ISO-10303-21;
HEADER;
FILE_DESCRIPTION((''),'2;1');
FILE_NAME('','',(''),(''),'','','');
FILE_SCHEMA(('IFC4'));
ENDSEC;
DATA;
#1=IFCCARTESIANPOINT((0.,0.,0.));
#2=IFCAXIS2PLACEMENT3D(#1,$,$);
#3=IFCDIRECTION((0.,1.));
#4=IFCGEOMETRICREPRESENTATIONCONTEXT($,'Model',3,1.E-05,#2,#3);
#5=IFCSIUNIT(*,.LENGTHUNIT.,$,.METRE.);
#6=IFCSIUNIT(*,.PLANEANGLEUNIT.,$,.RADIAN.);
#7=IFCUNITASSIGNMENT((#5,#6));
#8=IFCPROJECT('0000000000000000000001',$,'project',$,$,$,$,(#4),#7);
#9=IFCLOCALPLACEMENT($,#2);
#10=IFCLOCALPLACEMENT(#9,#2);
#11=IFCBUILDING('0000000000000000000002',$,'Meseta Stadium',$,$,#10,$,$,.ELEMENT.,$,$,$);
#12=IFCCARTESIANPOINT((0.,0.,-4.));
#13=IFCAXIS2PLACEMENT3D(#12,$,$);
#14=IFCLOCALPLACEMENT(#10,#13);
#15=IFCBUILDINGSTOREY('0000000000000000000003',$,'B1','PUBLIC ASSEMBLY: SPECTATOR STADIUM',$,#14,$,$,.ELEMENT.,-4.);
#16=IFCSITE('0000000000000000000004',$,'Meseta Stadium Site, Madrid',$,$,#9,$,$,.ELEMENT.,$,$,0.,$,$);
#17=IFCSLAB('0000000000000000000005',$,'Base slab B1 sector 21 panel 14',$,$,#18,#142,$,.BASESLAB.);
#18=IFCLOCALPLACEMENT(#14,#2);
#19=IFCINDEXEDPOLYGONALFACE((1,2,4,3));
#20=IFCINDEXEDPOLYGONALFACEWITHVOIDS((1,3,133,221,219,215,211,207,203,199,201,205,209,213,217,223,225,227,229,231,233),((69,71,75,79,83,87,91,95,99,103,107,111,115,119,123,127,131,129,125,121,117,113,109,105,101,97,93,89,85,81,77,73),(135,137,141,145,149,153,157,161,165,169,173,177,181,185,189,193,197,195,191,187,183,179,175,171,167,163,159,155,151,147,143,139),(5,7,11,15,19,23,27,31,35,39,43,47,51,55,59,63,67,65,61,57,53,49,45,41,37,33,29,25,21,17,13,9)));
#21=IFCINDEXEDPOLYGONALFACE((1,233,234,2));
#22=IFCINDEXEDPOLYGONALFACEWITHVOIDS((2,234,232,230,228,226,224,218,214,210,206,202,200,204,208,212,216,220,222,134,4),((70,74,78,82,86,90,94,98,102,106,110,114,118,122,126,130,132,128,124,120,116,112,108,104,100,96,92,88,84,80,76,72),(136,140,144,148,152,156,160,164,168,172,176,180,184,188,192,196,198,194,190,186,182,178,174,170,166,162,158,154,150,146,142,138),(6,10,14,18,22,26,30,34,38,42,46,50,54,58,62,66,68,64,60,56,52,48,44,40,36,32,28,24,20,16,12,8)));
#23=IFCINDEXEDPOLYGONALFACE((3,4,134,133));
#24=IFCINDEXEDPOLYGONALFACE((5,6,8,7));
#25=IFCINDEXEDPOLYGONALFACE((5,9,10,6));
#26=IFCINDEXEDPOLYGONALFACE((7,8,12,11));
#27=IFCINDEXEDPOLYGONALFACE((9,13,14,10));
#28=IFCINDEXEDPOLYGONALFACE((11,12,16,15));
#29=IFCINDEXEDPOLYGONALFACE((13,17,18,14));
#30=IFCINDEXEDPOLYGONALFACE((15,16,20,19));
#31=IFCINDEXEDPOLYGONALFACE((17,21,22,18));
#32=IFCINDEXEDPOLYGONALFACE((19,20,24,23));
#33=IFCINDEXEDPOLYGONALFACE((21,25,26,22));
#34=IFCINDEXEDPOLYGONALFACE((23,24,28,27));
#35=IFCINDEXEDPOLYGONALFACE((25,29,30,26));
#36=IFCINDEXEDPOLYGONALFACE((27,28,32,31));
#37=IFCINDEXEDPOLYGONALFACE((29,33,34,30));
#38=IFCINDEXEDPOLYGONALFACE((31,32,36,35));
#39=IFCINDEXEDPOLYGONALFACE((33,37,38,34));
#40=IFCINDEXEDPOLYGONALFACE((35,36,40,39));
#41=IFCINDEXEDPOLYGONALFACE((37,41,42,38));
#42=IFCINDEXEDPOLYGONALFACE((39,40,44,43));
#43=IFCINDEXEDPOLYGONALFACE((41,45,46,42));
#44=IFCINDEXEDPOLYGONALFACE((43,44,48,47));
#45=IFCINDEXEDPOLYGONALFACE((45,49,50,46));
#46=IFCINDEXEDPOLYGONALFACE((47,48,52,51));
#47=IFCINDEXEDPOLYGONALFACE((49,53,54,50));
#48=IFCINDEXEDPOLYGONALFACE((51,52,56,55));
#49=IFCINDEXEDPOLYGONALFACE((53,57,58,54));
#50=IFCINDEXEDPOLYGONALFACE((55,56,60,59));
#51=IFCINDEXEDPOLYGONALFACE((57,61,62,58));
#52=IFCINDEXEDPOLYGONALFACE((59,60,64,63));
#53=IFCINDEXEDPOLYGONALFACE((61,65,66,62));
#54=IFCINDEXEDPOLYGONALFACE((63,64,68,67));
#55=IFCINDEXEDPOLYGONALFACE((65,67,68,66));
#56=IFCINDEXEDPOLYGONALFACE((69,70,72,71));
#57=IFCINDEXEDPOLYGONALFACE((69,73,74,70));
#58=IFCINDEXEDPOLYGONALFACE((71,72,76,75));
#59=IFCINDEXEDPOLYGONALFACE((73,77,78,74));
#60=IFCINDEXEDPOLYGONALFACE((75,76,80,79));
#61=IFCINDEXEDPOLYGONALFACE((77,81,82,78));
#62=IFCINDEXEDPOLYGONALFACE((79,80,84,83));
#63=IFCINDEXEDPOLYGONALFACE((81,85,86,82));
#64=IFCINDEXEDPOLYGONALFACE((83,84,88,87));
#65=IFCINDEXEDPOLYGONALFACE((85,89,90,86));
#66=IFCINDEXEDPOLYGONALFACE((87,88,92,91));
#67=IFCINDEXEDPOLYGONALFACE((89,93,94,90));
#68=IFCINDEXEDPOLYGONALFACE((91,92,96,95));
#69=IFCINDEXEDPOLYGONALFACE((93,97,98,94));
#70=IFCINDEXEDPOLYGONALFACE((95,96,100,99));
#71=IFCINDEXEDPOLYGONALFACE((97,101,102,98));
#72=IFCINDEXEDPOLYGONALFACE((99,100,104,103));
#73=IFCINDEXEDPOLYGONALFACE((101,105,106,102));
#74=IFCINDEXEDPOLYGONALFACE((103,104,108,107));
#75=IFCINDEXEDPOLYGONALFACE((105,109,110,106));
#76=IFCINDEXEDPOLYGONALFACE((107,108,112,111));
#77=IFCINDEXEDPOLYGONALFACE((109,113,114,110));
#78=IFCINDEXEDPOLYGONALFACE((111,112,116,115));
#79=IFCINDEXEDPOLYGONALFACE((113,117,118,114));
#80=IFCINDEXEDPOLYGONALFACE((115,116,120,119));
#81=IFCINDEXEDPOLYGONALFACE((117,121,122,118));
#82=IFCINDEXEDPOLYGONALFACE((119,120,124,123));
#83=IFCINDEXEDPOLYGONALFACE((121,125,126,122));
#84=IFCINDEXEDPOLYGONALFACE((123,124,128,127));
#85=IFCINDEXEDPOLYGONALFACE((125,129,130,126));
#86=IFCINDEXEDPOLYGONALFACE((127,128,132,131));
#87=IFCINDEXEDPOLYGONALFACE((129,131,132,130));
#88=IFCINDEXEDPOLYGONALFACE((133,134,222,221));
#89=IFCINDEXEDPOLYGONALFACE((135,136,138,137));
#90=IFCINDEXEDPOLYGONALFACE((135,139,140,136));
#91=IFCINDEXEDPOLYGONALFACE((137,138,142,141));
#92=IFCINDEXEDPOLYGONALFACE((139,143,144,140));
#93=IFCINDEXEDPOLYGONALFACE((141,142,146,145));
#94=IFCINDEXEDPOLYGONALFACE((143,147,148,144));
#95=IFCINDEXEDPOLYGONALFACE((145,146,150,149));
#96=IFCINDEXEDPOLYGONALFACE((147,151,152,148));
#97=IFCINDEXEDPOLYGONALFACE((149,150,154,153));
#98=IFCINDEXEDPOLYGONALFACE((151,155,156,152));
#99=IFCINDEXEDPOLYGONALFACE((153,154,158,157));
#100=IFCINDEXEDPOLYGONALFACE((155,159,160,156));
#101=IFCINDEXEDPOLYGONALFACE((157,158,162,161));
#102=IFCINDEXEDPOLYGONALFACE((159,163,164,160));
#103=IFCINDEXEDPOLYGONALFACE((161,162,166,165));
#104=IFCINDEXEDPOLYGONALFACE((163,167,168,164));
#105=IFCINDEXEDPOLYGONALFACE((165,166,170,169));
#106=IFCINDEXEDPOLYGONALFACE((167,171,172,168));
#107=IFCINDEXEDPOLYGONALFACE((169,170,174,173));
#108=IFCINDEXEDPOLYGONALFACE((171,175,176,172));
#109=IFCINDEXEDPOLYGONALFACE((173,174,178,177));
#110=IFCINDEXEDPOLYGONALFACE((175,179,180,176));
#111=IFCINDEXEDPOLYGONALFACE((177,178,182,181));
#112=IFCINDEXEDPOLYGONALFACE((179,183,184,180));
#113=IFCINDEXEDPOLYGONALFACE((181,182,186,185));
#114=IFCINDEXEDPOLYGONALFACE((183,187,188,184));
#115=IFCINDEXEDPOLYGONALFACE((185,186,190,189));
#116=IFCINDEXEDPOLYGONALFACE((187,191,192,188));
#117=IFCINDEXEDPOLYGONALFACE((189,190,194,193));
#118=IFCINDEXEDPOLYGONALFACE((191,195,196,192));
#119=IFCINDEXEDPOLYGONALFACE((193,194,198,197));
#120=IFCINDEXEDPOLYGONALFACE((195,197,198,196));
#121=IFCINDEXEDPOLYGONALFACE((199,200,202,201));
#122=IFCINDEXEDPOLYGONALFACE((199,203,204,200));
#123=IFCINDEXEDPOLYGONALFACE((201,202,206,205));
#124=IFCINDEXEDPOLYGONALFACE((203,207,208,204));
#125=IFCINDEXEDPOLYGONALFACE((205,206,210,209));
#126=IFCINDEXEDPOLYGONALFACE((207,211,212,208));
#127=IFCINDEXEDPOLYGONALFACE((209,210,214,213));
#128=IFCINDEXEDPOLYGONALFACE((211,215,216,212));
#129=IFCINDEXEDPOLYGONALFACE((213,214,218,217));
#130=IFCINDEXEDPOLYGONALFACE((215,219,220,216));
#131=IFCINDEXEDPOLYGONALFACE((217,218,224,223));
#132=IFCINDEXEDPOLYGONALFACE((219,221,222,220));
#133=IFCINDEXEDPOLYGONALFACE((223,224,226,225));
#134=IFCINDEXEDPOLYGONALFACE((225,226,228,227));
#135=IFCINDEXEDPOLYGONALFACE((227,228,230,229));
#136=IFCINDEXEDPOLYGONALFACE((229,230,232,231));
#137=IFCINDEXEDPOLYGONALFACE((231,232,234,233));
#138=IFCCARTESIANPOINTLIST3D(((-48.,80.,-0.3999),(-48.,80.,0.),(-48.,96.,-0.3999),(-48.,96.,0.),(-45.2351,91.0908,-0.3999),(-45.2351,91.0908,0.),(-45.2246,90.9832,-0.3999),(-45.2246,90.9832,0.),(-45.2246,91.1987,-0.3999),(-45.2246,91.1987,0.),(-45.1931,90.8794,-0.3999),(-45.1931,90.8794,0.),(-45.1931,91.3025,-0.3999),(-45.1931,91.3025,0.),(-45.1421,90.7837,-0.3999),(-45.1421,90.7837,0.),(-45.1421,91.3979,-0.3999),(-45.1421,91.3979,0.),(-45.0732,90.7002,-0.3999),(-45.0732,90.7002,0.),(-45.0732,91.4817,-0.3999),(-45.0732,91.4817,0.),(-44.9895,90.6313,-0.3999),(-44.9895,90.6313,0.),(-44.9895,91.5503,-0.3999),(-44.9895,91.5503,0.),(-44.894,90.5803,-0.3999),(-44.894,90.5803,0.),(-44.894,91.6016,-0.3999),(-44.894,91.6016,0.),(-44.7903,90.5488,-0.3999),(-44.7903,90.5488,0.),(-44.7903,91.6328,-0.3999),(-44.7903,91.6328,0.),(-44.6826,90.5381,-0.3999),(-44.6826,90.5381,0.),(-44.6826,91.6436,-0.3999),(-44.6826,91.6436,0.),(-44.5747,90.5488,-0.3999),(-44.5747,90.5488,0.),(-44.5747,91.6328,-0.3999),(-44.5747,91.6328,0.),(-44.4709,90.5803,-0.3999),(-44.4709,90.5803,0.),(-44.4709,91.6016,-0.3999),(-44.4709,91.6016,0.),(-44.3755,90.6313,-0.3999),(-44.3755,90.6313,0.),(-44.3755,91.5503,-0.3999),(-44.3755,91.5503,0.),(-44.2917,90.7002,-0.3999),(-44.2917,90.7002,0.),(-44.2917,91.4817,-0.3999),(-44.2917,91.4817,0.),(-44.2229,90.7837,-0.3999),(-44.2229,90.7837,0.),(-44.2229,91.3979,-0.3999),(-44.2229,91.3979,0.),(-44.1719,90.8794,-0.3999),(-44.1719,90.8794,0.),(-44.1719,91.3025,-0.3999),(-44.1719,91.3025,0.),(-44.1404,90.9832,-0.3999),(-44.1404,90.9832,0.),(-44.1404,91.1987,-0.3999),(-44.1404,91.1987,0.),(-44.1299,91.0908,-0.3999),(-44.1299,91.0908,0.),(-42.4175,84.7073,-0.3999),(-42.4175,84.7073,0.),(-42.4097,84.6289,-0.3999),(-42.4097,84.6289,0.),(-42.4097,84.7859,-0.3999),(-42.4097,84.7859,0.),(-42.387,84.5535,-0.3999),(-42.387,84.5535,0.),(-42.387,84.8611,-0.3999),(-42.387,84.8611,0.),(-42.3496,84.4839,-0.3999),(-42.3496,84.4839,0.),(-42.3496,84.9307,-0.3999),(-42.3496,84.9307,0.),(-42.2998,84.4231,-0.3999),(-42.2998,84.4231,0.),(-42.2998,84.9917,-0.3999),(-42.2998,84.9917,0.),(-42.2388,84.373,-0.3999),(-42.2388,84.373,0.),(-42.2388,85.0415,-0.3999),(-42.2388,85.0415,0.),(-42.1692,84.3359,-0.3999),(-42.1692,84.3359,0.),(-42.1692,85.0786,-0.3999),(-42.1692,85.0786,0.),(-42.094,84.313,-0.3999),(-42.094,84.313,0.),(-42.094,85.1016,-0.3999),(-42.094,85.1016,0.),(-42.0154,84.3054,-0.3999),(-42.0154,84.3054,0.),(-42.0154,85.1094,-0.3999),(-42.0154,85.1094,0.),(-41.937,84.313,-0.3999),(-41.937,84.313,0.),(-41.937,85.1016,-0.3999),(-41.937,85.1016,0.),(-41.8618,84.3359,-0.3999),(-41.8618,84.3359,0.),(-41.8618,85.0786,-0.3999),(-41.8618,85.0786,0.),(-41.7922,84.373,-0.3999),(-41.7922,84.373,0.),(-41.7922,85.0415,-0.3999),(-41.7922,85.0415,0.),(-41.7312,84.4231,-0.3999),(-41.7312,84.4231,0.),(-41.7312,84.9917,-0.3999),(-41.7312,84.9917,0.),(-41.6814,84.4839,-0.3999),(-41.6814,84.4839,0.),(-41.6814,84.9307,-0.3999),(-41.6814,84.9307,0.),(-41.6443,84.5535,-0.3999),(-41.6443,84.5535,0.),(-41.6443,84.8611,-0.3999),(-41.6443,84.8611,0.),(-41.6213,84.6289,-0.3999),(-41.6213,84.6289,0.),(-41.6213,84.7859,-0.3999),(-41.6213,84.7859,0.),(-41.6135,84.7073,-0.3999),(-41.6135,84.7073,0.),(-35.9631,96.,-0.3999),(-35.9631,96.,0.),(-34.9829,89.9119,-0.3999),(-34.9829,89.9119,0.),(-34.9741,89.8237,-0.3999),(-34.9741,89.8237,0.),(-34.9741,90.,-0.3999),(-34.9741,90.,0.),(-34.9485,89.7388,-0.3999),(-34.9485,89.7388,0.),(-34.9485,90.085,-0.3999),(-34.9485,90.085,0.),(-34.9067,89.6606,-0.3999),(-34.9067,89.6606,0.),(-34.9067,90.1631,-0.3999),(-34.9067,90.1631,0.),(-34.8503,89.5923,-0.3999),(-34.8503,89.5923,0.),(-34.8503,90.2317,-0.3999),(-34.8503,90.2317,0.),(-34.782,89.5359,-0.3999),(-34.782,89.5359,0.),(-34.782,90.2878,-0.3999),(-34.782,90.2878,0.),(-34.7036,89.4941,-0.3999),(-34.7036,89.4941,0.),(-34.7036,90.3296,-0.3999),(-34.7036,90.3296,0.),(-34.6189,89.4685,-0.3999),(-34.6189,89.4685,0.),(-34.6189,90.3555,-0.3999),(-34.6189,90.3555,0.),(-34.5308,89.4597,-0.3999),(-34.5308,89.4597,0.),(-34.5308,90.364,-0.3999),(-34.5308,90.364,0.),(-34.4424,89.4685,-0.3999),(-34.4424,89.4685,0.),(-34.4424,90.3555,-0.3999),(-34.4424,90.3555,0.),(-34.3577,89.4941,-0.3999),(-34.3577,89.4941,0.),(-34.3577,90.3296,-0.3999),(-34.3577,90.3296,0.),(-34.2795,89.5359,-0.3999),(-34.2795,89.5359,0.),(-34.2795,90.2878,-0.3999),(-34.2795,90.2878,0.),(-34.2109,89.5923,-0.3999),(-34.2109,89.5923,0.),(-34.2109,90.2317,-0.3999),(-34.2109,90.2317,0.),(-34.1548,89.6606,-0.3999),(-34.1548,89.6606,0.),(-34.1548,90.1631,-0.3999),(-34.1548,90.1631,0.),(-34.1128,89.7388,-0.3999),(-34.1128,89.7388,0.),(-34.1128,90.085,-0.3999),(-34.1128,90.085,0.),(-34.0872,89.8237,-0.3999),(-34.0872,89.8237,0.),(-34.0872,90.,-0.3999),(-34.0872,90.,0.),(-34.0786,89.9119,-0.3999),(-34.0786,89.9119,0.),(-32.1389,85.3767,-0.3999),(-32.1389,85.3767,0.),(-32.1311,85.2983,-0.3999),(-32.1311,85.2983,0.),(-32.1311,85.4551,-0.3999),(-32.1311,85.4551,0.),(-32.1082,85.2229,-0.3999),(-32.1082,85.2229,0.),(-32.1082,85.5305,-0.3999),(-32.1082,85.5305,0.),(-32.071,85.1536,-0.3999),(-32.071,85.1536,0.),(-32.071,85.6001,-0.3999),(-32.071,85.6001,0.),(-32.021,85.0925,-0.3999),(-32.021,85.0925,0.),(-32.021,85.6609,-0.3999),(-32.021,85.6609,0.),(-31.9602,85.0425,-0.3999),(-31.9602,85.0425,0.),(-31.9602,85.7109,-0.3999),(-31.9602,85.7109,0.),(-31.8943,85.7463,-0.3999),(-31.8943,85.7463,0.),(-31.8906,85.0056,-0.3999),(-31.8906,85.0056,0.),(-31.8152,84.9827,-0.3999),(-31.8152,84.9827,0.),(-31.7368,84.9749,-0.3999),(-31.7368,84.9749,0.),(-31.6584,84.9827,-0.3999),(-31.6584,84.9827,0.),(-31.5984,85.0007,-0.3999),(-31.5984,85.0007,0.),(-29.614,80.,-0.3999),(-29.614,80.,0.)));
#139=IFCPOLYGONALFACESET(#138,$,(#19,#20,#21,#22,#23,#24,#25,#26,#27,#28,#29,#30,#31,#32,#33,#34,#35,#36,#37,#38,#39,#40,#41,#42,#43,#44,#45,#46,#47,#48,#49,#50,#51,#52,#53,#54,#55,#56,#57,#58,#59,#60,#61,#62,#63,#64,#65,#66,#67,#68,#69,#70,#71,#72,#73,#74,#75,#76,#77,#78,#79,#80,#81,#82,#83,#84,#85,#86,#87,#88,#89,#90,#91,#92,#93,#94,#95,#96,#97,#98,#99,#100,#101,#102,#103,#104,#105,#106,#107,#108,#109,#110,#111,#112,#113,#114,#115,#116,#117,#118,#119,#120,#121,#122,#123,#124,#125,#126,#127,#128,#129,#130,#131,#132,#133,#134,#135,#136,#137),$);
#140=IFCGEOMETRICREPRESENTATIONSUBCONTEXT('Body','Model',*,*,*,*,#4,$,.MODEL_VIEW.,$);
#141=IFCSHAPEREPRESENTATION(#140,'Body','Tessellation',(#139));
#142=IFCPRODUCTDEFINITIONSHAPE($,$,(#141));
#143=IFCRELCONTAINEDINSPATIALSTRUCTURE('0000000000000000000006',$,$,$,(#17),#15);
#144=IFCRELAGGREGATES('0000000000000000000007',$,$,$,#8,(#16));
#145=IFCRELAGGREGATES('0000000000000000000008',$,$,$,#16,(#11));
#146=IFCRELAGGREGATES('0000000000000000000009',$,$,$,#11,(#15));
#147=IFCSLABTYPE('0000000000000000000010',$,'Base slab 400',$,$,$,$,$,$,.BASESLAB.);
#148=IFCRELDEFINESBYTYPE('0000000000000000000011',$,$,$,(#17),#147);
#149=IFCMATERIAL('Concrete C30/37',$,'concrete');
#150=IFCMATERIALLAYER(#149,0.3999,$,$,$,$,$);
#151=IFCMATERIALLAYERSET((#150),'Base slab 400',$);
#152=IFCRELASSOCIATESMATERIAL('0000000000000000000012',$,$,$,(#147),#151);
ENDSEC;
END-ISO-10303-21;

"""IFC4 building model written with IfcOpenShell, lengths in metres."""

from ifc_helpers import new_model, si_unit, direction, frame, origin, place, context, subcontext, project, spatial, polyline, outline, extrude, material, layer, layer_set, type_object, element, save


model = new_model("IFC4")

# Units and contexts
model_context = context("Model", 3, precision=1e-05, world=origin(), true_north=direction((0.0, 1.0)))
body_context = subcontext(model_context, "Body", "Model", "MODEL_VIEW")
ifc_project = project(units=[si_unit("LENGTHUNIT", "METRE"), si_unit("PLANEANGLEUNIT", "RADIAN")], contexts=[model_context])

# Site, building, storey
site_placement = place(None, origin())
site = spatial("IfcSite", under=ifc_project, at=site_placement, Name="Meseta Stadium Site, Madrid", CompositionType="ELEMENT", RefElevation=0.0)
building_placement = place(site_placement, origin())
building = spatial("IfcBuilding", under=site, at=building_placement, Name="Meseta Stadium", CompositionType="ELEMENT")
storey_placement = place(building_placement, frame((0.0, 0.0, -4.0)))
storey = spatial("IfcBuildingStorey", under=building, at=storey_placement, Name="B1", Description="PUBLIC ASSEMBLY: SPECTATOR STADIUM", CompositionType="ELEMENT", Elevation=-4.0)

# Slab
ifc_material = material(Name="Concrete C30/37", Category="concrete")
ifc_layer = layer(ifc_material, 0.3999)
ifc_layer_set = layer_set([ifc_layer], Name="Base slab 400")
slab_type = type_object("IfcSlabType", Name="Base slab 400", PredefinedType="BASESLAB", material=ifc_layer_set)
slab_1_placement = place(storey_placement, frame((0.0, 0.0, -0.3999)))
element("IfcSlab", 1, at=slab_1_placement, inside=storey, type_object=slab_type, Name="Base slab B1 sector 21 panel 14", PredefinedType="BASESLAB", context=body_context, shape_type="SweptSolid", body=[
    extrude(outline(polyline([(-32.021, 85.6609), (-31.9602, 85.7109), (-31.8943, 85.7463), (-35.9631, 96.0), (-48.0, 96.0), (-48.0, 80.0), (-29.614, 80.0), (-31.5984, 85.0007), (-31.6584, 84.9827), (-31.7368, 84.9749), (-31.8152, 84.9827), (-31.8906, 85.0056), (-31.9602, 85.0425), (-32.021, 85.0925), (-32.071, 85.1536), (-32.1082, 85.2229), (-32.1311, 85.2983), (-32.1389, 85.3767), (-32.1311, 85.4551), (-32.1082, 85.5305), (-32.071, 85.6001), (-32.021, 85.6609)]), holes=[polyline([(-42.4175, 84.7073), (-42.4097, 84.7859), (-42.387, 84.8611), (-42.3496, 84.9307), (-42.2998, 84.9917), (-42.2388, 85.0415), (-42.1692, 85.0786), (-42.094, 85.1016), (-42.0154, 85.1094), (-41.937, 85.1016), (-41.8618, 85.0786), (-41.7922, 85.0415), (-41.7312, 84.9917), (-41.6814, 84.9307), (-41.6443, 84.8611), (-41.6213, 84.7859), (-41.6135, 84.7073), (-41.6213, 84.6289), (-41.6443, 84.5535), (-41.6814, 84.4839), (-41.7312, 84.4231), (-41.7922, 84.373), (-41.8618, 84.3359), (-41.937, 84.313), (-42.0154, 84.3054), (-42.094, 84.313), (-42.1692, 84.3359), (-42.2388, 84.373), (-42.2998, 84.4231), (-42.3496, 84.4839), (-42.387, 84.5535), (-42.4097, 84.6289), (-42.4175, 84.7073)]), polyline([(-34.0872, 90.0), (-34.0786, 89.9119), (-34.0872, 89.8237), (-34.1128, 89.7388), (-34.1548, 89.6606), (-34.2109, 89.5923), (-34.2795, 89.5359), (-34.3577, 89.4941), (-34.4424, 89.4685), (-34.5308, 89.4597), (-34.6189, 89.4685), (-34.7036, 89.4941), (-34.782, 89.5359), (-34.8503, 89.5923), (-34.9067, 89.6606), (-34.9485, 89.7388), (-34.9741, 89.8237), (-34.9829, 89.9119), (-34.9741, 90.0), (-34.9485, 90.085), (-34.9067, 90.1631), (-34.8503, 90.2317), (-34.782, 90.2878), (-34.7036, 90.3296), (-34.6189, 90.3555), (-34.5308, 90.364), (-34.4424, 90.3555), (-34.3577, 90.3296), (-34.2795, 90.2878), (-34.2109, 90.2317), (-34.1548, 90.1631), (-34.1128, 90.085), (-34.0872, 90.0)]), polyline([(-44.1299, 91.0908), (-44.1404, 90.9832), (-44.1719, 90.8794), (-44.2229, 90.7837), (-44.2917, 90.7002), (-44.3755, 90.6313), (-44.4709, 90.5803), (-44.5747, 90.5488), (-44.6826, 90.5381), (-44.7903, 90.5488), (-44.894, 90.5803), (-44.9895, 90.6313), (-45.0732, 90.7002), (-45.1421, 90.7837), (-45.1931, 90.8794), (-45.2246, 90.9832), (-45.2351, 91.0908), (-45.2246, 91.1987), (-45.1931, 91.3025), (-45.1421, 91.3979), (-45.0732, 91.4817), (-44.9895, 91.5503), (-44.894, 91.6016), (-44.7903, 91.6328), (-44.6826, 91.6436), (-44.5747, 91.6328), (-44.4709, 91.6016), (-44.3755, 91.5503), (-44.2917, 91.4817), (-44.2229, 91.3979), (-44.1719, 91.3025), (-44.1404, 91.1987), (-44.1299, 91.0908)])]), origin(), (0.0, 0.0, 1.0), 0.3999),
])

save(model, "model.ifc")
